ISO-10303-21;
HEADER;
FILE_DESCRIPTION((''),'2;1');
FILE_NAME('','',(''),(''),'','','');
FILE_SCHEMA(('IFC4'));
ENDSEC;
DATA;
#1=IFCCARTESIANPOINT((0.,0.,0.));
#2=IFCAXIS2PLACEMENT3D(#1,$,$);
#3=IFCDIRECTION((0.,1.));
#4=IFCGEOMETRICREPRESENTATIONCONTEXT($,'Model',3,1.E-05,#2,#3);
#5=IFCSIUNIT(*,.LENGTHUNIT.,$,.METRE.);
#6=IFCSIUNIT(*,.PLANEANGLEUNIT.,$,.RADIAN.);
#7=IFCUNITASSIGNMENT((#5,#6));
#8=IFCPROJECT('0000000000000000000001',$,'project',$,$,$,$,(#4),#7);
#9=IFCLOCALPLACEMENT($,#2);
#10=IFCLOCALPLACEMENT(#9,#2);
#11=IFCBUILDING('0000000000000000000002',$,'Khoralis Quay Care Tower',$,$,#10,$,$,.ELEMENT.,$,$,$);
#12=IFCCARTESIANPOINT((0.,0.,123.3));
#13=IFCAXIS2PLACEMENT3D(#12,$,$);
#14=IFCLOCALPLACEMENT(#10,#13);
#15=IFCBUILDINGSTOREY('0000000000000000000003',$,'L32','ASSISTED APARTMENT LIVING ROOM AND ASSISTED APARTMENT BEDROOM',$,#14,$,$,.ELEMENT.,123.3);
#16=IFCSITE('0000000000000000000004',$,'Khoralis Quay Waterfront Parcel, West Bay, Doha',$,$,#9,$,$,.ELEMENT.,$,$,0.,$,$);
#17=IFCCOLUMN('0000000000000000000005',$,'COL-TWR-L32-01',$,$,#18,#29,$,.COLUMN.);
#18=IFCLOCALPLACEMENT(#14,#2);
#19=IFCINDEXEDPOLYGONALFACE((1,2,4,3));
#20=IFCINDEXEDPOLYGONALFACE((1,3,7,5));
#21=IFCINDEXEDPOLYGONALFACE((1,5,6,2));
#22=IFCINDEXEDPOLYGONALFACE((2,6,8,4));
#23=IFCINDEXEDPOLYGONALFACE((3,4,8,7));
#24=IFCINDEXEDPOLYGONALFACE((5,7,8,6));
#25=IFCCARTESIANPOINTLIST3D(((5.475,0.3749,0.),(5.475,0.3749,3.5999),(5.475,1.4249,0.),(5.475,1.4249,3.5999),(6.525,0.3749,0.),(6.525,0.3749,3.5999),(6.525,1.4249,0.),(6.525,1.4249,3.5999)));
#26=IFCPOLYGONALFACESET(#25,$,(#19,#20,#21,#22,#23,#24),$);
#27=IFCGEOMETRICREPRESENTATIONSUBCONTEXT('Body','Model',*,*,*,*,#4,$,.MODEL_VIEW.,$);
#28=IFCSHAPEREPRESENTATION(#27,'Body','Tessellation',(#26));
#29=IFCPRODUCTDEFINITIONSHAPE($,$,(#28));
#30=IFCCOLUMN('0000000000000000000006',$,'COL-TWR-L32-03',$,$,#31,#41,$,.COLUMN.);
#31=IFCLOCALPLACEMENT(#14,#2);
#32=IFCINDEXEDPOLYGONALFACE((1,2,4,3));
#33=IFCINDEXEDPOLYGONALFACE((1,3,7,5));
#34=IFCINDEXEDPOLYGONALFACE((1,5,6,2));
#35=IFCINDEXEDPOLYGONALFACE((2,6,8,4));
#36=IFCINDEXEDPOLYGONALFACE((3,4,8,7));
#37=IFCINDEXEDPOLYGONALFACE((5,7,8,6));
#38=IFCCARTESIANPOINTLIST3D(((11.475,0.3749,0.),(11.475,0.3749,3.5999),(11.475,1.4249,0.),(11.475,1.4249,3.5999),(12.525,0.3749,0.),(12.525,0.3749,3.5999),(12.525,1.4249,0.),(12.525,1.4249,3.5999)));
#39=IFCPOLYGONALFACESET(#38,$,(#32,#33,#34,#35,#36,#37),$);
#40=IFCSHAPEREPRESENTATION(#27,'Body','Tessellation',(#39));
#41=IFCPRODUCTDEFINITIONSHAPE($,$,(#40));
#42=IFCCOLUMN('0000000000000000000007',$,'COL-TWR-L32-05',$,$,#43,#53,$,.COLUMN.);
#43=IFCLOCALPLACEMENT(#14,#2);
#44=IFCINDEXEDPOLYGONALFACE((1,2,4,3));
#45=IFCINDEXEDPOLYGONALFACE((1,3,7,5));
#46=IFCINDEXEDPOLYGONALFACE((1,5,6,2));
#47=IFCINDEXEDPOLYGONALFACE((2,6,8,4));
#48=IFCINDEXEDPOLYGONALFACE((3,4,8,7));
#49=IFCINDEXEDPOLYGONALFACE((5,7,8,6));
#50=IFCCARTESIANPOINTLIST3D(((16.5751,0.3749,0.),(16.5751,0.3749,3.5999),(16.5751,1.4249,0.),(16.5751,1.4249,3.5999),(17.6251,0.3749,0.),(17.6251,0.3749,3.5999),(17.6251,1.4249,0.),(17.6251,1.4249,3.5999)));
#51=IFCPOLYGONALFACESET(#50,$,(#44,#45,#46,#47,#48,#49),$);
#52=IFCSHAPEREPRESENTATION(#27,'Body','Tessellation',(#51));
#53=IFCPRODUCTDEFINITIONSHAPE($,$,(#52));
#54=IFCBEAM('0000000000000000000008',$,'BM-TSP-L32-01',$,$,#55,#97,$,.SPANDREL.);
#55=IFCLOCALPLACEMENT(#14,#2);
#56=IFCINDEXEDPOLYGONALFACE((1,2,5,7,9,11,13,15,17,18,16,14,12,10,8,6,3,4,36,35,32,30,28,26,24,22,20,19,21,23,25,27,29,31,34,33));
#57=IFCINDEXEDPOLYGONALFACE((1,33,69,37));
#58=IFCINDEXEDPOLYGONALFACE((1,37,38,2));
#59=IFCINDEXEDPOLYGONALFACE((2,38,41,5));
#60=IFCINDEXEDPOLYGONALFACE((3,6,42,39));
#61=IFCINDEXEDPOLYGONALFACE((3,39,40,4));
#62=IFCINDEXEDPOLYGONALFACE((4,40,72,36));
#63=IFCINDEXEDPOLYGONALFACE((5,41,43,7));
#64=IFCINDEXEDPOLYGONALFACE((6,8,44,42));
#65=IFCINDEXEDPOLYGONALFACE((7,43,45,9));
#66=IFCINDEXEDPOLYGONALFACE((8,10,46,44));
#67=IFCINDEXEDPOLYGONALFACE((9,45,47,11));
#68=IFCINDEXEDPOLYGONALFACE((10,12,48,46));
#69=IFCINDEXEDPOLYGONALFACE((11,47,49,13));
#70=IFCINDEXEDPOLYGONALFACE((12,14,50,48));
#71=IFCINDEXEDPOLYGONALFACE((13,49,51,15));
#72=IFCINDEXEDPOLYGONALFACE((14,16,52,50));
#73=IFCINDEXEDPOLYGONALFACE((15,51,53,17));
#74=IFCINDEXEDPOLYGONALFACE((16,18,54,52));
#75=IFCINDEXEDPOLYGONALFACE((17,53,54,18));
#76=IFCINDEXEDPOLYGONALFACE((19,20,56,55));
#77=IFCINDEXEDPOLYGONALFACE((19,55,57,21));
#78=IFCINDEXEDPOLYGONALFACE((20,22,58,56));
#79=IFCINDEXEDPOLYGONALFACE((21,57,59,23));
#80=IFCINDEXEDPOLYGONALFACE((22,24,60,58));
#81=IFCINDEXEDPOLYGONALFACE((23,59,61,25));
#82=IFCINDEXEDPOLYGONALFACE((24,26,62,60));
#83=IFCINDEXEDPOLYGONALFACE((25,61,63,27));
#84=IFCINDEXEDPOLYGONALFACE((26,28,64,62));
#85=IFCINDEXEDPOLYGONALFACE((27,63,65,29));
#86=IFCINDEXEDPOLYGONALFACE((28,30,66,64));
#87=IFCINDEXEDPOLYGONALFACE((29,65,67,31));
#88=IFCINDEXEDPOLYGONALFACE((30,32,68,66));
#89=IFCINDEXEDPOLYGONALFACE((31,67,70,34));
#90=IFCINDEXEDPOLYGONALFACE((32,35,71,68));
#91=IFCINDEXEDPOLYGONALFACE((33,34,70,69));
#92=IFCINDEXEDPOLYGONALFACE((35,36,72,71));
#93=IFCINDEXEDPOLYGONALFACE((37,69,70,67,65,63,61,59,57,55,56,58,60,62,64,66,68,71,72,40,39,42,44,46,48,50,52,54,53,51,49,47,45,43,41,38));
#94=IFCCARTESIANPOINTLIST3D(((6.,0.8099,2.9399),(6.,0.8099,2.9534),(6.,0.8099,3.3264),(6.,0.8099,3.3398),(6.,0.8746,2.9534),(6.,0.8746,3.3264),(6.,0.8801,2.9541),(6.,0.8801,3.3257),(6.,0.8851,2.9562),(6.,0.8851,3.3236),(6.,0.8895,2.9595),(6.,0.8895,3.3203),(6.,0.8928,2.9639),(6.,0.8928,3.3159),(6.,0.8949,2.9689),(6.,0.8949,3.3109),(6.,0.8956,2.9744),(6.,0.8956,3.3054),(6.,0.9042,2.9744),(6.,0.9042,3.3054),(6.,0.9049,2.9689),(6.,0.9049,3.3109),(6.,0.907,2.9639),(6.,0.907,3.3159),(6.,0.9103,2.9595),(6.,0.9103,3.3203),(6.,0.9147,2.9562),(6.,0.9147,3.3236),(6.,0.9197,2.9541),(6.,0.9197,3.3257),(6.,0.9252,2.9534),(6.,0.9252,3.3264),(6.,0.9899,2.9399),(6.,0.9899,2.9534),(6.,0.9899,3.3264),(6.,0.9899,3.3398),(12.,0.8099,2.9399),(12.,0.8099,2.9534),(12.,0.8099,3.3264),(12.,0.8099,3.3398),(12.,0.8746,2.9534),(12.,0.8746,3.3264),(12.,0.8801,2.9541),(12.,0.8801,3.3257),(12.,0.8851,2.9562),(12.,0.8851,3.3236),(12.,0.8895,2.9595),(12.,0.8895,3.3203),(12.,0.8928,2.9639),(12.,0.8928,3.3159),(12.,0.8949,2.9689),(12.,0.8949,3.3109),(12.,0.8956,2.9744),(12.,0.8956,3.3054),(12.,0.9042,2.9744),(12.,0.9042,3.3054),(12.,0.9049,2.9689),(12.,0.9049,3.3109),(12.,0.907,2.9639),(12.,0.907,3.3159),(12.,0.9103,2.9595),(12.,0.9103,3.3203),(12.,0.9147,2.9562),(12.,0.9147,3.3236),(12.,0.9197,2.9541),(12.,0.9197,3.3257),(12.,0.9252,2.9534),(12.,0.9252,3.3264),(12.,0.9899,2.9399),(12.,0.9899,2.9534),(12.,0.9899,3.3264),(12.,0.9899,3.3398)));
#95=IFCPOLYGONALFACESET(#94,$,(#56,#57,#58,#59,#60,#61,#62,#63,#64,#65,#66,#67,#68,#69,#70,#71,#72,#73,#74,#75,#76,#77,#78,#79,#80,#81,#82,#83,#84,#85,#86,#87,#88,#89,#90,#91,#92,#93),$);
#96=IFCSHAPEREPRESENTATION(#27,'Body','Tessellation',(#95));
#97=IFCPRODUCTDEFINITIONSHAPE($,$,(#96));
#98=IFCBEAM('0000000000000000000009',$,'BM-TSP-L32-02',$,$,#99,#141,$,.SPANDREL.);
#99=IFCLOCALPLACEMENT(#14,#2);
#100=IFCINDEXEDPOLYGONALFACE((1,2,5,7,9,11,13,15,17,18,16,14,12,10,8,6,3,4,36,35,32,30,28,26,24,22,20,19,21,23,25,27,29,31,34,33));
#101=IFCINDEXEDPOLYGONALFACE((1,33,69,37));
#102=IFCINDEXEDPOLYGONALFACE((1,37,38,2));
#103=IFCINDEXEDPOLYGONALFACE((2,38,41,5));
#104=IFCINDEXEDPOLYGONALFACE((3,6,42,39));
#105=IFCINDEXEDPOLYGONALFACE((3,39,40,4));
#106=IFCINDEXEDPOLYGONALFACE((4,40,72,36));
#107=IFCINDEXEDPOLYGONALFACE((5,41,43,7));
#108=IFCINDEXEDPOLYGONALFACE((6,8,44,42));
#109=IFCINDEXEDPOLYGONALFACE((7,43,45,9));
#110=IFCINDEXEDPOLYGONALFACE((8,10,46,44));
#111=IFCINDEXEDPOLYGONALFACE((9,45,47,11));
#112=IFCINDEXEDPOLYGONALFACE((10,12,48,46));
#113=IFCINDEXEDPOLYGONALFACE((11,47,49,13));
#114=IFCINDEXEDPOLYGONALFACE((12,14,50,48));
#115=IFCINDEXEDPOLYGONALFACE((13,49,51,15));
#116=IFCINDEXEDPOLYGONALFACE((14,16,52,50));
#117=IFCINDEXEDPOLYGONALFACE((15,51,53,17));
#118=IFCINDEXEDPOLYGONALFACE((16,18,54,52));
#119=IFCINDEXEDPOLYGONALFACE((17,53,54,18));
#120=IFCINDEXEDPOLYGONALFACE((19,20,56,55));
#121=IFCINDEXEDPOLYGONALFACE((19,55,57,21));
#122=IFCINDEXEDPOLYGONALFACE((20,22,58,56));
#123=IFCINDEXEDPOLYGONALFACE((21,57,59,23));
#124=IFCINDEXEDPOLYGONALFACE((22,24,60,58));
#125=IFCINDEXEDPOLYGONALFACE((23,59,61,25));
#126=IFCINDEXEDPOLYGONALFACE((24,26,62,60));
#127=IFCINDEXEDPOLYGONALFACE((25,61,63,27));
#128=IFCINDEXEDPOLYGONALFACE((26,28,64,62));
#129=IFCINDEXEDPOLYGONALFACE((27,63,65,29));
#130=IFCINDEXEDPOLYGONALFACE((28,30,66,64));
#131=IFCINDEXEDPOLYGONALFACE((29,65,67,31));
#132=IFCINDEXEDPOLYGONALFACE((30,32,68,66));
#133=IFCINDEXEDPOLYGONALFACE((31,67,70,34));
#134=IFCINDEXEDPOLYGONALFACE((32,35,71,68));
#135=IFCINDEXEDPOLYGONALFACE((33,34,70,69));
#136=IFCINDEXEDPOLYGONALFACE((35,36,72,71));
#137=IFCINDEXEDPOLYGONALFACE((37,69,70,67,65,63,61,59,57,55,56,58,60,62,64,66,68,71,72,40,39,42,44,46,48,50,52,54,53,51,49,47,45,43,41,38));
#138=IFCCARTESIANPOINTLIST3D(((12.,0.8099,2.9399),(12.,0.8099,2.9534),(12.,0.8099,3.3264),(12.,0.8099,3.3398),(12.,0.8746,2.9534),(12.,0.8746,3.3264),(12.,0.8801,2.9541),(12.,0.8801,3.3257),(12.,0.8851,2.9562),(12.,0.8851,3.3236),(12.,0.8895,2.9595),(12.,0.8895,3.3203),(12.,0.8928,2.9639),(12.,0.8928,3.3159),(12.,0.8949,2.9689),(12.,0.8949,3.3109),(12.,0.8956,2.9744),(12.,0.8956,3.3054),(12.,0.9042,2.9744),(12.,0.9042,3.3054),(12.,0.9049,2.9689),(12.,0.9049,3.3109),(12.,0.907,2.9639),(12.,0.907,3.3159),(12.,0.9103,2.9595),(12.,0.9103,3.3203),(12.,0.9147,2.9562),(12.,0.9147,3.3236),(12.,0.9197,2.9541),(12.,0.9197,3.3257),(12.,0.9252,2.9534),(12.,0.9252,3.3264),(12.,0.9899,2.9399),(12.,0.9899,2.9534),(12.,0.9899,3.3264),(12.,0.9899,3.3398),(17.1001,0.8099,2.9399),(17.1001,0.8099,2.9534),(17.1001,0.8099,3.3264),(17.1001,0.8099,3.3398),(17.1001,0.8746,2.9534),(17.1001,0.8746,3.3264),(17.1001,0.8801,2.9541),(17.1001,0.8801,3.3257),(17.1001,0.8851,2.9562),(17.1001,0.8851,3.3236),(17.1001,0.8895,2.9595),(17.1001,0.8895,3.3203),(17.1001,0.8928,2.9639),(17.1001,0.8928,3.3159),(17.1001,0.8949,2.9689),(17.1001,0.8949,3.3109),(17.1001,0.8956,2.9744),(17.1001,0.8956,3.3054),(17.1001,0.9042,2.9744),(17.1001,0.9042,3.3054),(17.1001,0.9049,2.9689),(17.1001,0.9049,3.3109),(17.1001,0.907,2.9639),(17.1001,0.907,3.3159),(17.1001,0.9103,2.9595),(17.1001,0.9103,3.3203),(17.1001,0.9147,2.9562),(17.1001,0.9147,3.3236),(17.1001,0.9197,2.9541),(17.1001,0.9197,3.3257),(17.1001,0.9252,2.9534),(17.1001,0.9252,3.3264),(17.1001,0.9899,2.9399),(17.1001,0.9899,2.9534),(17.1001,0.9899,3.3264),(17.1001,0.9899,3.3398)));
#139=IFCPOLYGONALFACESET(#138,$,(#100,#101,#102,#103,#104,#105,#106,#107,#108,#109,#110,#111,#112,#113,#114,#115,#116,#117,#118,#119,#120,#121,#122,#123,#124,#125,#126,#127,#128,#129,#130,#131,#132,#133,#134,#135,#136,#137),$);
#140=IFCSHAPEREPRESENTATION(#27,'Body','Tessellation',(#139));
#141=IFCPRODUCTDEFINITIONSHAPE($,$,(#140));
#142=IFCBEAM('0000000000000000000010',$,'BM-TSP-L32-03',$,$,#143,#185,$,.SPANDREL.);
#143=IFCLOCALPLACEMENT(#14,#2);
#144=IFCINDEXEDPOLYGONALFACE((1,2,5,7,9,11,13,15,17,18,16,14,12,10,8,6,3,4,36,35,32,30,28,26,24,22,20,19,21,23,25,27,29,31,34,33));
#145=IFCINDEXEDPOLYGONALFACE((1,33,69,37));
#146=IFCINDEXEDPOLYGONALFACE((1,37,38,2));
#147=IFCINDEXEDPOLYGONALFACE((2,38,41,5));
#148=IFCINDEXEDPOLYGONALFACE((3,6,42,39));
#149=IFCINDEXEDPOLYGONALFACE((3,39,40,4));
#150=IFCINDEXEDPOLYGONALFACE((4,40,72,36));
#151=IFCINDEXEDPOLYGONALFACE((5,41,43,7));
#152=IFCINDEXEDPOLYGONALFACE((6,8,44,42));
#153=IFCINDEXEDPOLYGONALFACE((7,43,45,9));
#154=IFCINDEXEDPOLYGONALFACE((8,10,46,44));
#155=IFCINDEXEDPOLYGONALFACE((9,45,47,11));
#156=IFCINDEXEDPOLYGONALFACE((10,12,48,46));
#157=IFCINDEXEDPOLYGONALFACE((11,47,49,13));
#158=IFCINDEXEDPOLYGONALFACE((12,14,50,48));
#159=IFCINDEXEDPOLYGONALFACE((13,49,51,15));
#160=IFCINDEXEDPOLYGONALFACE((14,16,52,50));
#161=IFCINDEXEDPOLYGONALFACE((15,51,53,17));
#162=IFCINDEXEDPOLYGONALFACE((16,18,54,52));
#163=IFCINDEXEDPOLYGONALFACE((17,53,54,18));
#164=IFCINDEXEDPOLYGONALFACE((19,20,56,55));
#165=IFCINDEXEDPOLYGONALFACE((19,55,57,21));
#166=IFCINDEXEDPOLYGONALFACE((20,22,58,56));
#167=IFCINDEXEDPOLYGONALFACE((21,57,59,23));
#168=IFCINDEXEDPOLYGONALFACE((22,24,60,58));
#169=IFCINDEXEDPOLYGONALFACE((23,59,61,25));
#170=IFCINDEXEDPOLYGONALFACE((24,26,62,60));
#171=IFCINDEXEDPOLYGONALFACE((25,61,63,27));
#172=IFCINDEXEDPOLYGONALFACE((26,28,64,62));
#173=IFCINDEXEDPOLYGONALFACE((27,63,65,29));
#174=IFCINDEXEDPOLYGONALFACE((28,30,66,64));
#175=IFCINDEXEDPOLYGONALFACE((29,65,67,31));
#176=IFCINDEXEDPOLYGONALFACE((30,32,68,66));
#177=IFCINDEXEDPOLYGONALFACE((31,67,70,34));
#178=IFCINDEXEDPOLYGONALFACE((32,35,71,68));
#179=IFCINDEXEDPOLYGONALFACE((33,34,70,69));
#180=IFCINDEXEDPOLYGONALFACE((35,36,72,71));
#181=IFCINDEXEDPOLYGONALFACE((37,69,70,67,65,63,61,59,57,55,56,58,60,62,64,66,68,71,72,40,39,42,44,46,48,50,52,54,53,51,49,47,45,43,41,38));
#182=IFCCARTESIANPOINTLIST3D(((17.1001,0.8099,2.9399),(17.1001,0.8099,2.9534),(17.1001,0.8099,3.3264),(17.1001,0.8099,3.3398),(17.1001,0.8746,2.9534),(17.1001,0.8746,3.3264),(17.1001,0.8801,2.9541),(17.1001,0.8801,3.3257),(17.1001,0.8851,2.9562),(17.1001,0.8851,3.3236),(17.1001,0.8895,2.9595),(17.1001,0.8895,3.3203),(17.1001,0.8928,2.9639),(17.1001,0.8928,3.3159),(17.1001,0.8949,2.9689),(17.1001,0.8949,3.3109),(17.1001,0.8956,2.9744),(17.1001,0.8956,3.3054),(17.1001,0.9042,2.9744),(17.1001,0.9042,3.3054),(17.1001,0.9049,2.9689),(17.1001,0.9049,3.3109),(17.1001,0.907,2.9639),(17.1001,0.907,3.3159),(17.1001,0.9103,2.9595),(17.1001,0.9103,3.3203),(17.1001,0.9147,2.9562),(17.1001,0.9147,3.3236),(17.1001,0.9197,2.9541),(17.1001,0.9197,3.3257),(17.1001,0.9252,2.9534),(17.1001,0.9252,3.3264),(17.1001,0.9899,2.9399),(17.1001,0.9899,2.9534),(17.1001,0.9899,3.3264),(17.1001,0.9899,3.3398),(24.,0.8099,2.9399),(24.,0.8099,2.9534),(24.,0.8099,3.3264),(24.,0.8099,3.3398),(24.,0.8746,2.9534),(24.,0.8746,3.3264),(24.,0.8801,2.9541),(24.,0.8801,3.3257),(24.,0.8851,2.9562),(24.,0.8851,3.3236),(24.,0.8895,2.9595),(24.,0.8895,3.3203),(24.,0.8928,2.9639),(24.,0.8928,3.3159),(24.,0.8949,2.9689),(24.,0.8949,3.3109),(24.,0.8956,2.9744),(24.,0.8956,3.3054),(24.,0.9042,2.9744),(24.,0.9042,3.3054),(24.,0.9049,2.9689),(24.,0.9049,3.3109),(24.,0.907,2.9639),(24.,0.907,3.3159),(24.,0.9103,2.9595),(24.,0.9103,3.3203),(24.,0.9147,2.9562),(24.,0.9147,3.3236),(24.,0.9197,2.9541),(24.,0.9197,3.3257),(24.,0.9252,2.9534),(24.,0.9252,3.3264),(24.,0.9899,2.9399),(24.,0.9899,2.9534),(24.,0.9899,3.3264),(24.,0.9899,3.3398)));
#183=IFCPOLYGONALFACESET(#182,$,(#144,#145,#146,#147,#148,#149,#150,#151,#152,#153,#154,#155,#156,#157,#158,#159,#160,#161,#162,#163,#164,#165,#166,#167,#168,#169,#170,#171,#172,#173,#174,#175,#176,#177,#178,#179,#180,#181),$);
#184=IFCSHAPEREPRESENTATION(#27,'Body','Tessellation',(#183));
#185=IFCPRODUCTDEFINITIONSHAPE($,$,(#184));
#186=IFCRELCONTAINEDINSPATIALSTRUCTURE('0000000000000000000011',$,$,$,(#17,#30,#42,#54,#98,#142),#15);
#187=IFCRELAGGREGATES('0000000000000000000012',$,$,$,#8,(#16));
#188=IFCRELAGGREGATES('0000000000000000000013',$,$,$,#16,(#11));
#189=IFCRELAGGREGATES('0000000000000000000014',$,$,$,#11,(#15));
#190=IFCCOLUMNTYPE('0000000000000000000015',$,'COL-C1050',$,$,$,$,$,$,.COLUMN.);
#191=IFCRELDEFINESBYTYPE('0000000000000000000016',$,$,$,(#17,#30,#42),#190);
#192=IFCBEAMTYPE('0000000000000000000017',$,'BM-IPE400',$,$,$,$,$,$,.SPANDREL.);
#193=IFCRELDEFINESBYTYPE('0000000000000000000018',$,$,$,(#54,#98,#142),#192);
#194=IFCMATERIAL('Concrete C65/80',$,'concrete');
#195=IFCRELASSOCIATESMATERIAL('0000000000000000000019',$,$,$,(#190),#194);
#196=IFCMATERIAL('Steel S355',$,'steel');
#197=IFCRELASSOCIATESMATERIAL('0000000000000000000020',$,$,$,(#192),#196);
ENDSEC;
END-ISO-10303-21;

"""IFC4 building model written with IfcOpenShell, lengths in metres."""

from ifc_helpers import new_model, si_unit, direction, frame, origin, origin_2d, place, context, subcontext, project, spatial, rectangle, i_section, extrude, source, transform, mapped, material, material_profile, profile_set, type_object, element, save


model = new_model("IFC4")

# Units and contexts
model_context = context("Model", 3, precision=1e-05, world=origin(), true_north=direction((0.0, 1.0)))
body_context = subcontext(model_context, "Body", "Model", "MODEL_VIEW")
ifc_project = project(units=[si_unit("LENGTHUNIT", "METRE"), si_unit("PLANEANGLEUNIT", "RADIAN")], contexts=[model_context])

# Site, building, storey
site_placement = place(None, origin())
site = spatial("IfcSite", under=ifc_project, at=site_placement, Name="Khoralis Quay Waterfront Parcel, West Bay, Doha", CompositionType="ELEMENT", RefElevation=0.0)
building_placement = place(site_placement, origin())
building = spatial("IfcBuilding", under=site, at=building_placement, Name="Khoralis Quay Care Tower", CompositionType="ELEMENT")
storey_placement = place(building_placement, frame((0.0, 0.0, 123.3)))
storey = spatial("IfcBuildingStorey", under=building, at=storey_placement, Name="L32", Description="ASSISTED APARTMENT LIVING ROOM AND ASSISTED APARTMENT BEDROOM", CompositionType="ELEMENT", Elevation=123.3)

# Columns
ifc_material_1 = material(Name="Concrete C65/80", Category="concrete")
ifc_material_profile_1 = material_profile(ifc_material_1, rectangle(XDim=1.05, YDim=1.05, at=origin_2d()), Name="Concrete C65/80")
ifc_profile_set_1 = profile_set([ifc_material_profile_1], Name="Concrete C65/80")
column_type = type_object("IfcColumnType", Name="COL-C1050", PredefinedType="COLUMN", material=ifc_profile_set_1)
shared_shape_1 = source(origin(), body_context, "Body", "SweptSolid", [
    extrude(rectangle(XDim=1.05, YDim=1.05, at=origin_2d()), origin(), (0.0, 0.0, 1.0), 3.5999),
])
for number, where, z_axis, x_axis, name in (
    (1, (6.0, 0.8999, 0.0), (0.0, 0.0, 1.0), (1.0, 0.0, 0.0), "COL-TWR-L32-01"),
    (2, (12.0, 0.8999, 0.0), (0.0, 0.0, 1.0), (1.0, 0.0, 0.0), "COL-TWR-L32-03"),
    (3, (17.1001, 0.8999, 0.0), (0.0, 0.0, 1.0), (1.0, 0.0, 0.0), "COL-TWR-L32-05"),
):
    element("IfcColumn", number, at=place(storey_placement, frame(where, z_axis=z_axis, x_axis=x_axis)), inside=storey, type_object=column_type, Name=name, PredefinedType="COLUMN", context=body_context, shape_type="MappedRepresentation", body=[
        mapped(shared_shape_1, transform((0.0, 0.0, 0.0), scale=1.0)),
    ])

# Beams
ifc_material_2 = material(Name="Steel S355", Category="steel")
ifc_material_profile_2 = material_profile(ifc_material_2, i_section(OverallWidth=0.1799, OverallDepth=0.3999, WebThickness=0.0085, FlangeThickness=0.0134, FilletRadius=0.021, at=origin_2d()), Name="Steel S355")
ifc_profile_set_2 = profile_set([ifc_material_profile_2], Name="Steel S355")
beam_type_1 = type_object("IfcBeamType", Name="BM-IPE400", PredefinedType="SPANDREL", material=ifc_profile_set_2)
shared_shape_2 = source(origin(), body_context, "Body", "SweptSolid", [
    extrude(i_section(OverallWidth=0.1799, OverallDepth=0.3999, WebThickness=0.0085, FlangeThickness=0.0134, FilletRadius=0.021, at=origin_2d()), origin(), (0.0, 0.0, 1.0), 6.0),
])
beam_1_placement = place(storey_placement, frame((6.0, 0.8999, 3.1399), z_axis=(1.0, 0.0, 0.0), x_axis=(0.0, 1.0, 0.0)))
element("IfcBeam", 4, at=beam_1_placement, inside=storey, type_object=beam_type_1, Name="BM-TSP-L32-01", PredefinedType="SPANDREL", context=body_context, shape_type="MappedRepresentation", body=[
    mapped(shared_shape_2, transform((0.0, 0.0, 0.0), scale=1.0)),
])
shared_shape_3 = source(origin(), body_context, "Body", "SweptSolid", [
    extrude(i_section(OverallWidth=0.1799, OverallDepth=0.3999, WebThickness=0.0085, FlangeThickness=0.0134, FilletRadius=0.021, at=origin_2d()), origin(), (0.0, 0.0, 1.0), 5.1001),
])
beam_2_placement = place(storey_placement, frame((12.0, 0.8999, 3.1399), z_axis=(1.0, 0.0, 0.0), x_axis=(0.0, 1.0, 0.0)))
element("IfcBeam", 5, at=beam_2_placement, inside=storey, type_object=beam_type_1, Name="BM-TSP-L32-02", PredefinedType="SPANDREL", context=body_context, shape_type="MappedRepresentation", body=[
    mapped(shared_shape_3, transform((0.0, 0.0, 0.0), scale=1.0)),
])
shared_shape_4 = source(origin(), body_context, "Body", "SweptSolid", [
    extrude(i_section(OverallWidth=0.1799, OverallDepth=0.3999, WebThickness=0.0085, FlangeThickness=0.0134, FilletRadius=0.021, at=origin_2d()), origin(), (0.0, 0.0, 1.0), 6.8999),
])
beam_3_placement = place(storey_placement, frame((17.1001, 0.8999, 3.1399), z_axis=(1.0, 0.0, 0.0), x_axis=(0.0, 1.0, 0.0)))
element("IfcBeam", 6, at=beam_3_placement, inside=storey, type_object=beam_type_1, Name="BM-TSP-L32-03", PredefinedType="SPANDREL", context=body_context, shape_type="MappedRepresentation", body=[
    mapped(shared_shape_4, transform((0.0, 0.0, 0.0), scale=1.0)),
])

save(model, "model.ifc")
